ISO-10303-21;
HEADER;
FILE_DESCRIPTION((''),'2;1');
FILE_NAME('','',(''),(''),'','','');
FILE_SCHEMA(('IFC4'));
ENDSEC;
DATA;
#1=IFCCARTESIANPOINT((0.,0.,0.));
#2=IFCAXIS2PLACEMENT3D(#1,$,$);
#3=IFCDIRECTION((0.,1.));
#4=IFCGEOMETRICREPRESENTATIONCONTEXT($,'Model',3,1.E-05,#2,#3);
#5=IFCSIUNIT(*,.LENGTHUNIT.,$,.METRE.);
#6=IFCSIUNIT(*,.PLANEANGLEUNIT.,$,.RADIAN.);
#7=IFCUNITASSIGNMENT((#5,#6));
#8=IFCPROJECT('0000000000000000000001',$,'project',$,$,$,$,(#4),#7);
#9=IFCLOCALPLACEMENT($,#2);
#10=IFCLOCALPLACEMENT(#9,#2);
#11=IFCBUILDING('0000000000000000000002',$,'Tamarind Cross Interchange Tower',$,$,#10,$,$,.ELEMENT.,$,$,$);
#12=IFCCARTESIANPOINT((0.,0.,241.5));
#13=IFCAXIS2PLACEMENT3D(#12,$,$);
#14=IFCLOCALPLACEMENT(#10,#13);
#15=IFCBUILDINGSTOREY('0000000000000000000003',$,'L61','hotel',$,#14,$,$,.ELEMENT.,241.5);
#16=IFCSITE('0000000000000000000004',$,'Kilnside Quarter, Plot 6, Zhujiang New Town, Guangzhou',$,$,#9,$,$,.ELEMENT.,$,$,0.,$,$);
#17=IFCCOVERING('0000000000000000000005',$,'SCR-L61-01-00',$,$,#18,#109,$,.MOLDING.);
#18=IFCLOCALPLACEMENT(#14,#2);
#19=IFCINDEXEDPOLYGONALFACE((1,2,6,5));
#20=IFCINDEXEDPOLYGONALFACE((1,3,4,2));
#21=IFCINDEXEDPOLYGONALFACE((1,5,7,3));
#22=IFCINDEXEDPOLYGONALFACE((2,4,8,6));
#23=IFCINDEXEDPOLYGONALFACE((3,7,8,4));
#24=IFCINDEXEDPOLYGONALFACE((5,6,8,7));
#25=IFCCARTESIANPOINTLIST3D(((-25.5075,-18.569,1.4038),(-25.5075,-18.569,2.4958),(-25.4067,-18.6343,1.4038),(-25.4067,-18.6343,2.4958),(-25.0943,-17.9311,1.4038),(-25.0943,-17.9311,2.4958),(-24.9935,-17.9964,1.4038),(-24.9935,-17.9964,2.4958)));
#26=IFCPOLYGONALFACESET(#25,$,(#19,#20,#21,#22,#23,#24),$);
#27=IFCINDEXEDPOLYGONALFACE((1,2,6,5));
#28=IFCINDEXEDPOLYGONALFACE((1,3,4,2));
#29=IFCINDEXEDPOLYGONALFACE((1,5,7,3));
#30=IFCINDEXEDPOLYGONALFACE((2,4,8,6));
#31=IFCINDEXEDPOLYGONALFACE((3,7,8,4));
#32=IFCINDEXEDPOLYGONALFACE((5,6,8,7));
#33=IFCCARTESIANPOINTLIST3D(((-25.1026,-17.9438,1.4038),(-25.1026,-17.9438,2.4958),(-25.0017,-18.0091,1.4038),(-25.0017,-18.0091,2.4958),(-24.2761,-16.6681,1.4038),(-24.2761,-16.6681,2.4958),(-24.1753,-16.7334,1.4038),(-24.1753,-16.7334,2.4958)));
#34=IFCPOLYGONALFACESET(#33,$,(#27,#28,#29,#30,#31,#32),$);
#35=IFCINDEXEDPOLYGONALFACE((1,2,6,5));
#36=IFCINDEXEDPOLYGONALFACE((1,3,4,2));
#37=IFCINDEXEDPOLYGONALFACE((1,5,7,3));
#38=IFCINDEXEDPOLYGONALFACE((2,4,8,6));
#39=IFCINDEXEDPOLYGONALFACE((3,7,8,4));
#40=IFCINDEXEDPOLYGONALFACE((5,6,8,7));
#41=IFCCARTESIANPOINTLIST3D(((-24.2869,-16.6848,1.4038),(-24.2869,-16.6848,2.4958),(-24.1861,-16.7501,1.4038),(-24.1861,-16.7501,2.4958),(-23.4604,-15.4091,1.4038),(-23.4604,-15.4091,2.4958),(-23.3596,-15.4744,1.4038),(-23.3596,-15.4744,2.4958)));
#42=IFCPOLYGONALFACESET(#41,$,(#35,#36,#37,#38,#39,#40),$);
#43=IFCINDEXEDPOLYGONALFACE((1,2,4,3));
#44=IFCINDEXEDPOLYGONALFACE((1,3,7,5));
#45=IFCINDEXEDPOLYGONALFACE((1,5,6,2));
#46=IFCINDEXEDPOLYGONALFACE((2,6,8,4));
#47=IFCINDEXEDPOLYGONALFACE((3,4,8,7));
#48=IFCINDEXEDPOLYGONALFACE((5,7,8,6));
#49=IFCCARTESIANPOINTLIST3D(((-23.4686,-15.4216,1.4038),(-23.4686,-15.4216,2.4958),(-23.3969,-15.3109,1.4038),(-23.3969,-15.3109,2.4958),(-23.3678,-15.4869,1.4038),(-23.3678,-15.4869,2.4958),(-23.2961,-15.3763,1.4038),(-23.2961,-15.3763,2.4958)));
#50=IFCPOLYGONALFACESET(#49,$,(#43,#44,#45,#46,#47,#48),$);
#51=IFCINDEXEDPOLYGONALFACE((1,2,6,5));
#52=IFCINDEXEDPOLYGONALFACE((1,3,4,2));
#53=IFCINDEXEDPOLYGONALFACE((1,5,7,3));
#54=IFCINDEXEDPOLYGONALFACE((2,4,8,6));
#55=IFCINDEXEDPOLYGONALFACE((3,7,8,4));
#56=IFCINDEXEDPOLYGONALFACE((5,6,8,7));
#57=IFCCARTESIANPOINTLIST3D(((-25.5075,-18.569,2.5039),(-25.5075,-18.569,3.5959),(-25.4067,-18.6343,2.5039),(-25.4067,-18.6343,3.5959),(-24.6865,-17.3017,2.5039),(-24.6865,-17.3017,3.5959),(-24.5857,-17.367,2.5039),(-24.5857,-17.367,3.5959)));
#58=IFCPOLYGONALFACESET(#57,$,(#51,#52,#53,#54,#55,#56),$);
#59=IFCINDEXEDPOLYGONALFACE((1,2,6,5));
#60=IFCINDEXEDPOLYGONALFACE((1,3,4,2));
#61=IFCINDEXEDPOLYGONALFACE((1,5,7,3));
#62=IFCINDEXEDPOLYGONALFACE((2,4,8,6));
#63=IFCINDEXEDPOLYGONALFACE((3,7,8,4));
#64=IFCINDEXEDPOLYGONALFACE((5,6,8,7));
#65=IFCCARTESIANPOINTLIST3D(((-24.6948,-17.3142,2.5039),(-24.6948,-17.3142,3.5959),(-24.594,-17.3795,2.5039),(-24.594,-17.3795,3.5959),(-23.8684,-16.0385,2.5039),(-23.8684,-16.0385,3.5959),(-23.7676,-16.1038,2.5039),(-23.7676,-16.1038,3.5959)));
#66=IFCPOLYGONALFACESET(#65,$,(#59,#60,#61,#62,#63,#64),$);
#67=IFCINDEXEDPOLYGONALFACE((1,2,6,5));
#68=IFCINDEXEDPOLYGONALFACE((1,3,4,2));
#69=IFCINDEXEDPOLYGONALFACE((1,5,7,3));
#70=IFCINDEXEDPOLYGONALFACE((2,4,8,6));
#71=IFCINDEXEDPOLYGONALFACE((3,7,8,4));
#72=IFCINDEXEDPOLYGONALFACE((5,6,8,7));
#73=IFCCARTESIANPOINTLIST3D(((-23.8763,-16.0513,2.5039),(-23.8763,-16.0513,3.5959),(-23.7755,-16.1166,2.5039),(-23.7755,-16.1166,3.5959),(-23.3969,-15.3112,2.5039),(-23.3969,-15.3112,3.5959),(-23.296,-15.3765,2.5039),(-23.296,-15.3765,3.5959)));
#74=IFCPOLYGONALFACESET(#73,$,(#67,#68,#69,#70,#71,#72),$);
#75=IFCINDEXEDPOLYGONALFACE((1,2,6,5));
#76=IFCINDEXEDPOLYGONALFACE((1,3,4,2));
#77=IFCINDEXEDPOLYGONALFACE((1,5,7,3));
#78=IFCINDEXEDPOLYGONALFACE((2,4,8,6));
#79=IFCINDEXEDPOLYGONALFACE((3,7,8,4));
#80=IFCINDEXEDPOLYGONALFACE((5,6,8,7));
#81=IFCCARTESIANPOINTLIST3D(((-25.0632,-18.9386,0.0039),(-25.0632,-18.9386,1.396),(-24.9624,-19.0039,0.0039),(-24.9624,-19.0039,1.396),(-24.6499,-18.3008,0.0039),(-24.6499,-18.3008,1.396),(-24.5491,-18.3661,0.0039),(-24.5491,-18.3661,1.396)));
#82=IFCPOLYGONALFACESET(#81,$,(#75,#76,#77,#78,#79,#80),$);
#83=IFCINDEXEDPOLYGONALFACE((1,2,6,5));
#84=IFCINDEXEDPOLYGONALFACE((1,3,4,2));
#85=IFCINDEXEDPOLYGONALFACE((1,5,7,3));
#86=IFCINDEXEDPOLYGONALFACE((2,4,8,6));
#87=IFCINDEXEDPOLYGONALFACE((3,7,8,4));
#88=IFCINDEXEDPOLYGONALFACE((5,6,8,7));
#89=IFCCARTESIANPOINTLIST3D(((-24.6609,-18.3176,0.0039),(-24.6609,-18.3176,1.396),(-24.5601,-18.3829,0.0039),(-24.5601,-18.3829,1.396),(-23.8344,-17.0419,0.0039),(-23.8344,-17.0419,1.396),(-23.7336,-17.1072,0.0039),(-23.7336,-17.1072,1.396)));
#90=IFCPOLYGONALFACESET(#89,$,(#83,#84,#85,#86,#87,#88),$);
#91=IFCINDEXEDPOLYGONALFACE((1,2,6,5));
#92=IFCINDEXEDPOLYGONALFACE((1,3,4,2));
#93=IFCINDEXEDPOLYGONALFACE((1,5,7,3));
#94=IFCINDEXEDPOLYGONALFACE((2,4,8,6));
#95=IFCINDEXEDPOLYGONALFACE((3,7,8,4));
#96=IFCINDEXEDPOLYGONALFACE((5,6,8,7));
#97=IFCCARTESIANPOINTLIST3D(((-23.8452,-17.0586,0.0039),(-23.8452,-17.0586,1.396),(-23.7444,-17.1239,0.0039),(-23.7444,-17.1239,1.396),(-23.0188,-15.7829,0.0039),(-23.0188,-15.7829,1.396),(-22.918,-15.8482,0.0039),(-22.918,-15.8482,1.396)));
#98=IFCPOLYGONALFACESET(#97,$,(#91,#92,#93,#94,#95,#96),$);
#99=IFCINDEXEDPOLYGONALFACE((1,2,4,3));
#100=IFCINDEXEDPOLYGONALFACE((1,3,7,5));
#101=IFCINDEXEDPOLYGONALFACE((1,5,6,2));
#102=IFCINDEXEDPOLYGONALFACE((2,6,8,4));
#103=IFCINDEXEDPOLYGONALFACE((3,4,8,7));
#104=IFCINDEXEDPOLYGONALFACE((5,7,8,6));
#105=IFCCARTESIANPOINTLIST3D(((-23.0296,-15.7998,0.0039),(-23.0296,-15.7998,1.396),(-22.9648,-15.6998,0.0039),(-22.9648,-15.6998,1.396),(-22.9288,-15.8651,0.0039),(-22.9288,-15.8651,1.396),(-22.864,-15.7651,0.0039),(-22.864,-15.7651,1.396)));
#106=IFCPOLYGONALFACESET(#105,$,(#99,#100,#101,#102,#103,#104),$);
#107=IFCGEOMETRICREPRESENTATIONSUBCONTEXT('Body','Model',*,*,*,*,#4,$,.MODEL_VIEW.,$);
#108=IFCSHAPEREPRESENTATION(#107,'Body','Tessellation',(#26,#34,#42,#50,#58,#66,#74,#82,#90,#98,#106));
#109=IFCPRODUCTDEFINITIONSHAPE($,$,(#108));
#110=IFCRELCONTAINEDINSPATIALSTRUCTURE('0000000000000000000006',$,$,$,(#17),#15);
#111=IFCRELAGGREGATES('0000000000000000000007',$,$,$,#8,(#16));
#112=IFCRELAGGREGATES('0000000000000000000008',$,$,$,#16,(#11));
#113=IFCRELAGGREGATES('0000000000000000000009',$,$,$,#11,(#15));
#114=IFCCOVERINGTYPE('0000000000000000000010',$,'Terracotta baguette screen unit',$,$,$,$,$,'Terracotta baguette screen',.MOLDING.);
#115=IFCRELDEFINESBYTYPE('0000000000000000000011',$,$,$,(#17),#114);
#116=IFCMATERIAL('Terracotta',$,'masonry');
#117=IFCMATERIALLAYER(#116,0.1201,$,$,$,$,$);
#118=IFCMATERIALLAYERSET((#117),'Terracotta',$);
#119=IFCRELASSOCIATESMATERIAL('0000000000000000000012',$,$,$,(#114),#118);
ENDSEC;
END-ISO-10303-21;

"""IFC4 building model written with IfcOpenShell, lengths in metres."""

from ifc_helpers import new_model, si_unit, direction, frame, origin, origin_2d, place, context, subcontext, project, spatial, rectangle, extrude, material, layer, layer_set, type_object, element, save


model = new_model("IFC4")

# Units and contexts
model_context = context("Model", 3, precision=1e-05, world=origin(), true_north=direction((0.0, 1.0)))
body_context = subcontext(model_context, "Body", "Model", "MODEL_VIEW")
ifc_project = project(units=[si_unit("LENGTHUNIT", "METRE"), si_unit("PLANEANGLEUNIT", "RADIAN")], contexts=[model_context])

# Site, building, storey
site_placement = place(None, origin())
site = spatial("IfcSite", under=ifc_project, at=site_placement, Name="Kilnside Quarter, Plot 6, Zhujiang New Town, Guangzhou", CompositionType="ELEMENT", RefElevation=0.0)
building_placement = place(site_placement, origin())
building = spatial("IfcBuilding", under=site, at=building_placement, Name="Tamarind Cross Interchange Tower", CompositionType="ELEMENT")
storey_placement = place(building_placement, frame((0.0, 0.0, 241.5)))
storey = spatial("IfcBuildingStorey", under=building, at=storey_placement, Name="L61", Description="hotel", CompositionType="ELEMENT", Elevation=241.5)

# Covering
ifc_material_1 = material(Name="Terracotta", Category="masonry")
ifc_layer_1 = layer(ifc_material_1, 0.1201)
ifc_layer_set_1 = layer_set([ifc_layer_1], Name="Terracotta")
covering_type = type_object("IfcCoveringType", Name="Terracotta baguette screen unit", ElementType="Terracotta baguette screen", PredefinedType="MOLDING", material=ifc_layer_set_1)
covering_1_placement = place(storey_placement, origin())
element("IfcCovering", 1, at=covering_1_placement, inside=storey, type_object=covering_type, Name="SCR-L61-01-00", PredefinedType="MOLDING", context=body_context, shape_type="SweptSolid", body=[
    extrude(rectangle(XDim=0.76, YDim=0.1201, at=origin_2d()), frame((-25.2505, -18.2827, 1.4038), z_axis=(0.0, 0.0, 1.0), x_axis=(0.543721, 0.839266, 0.0)), (0.0, 0.0, 1.0), 1.092),
    extrude(rectangle(XDim=1.52, YDim=0.1201, at=origin_2d()), frame((-24.6389, -17.3386, 1.4038), z_axis=(0.0, 0.0, 1.0), x_axis=(0.543721, 0.839266, 0.0)), (0.0, 0.0, 1.0), 1.092),
    extrude(rectangle(XDim=1.52, YDim=0.1201, at=origin_2d()), frame((-23.8232, -16.0796, 1.4038), z_axis=(0.0, 0.0, 1.0), x_axis=(0.543721, 0.839266, 0.0)), (0.0, 0.0, 1.0), 1.092),
    extrude(rectangle(XDim=0.1318, YDim=0.1201, at=origin_2d()), frame((-23.3823, -15.3989, 1.4038), z_axis=(0.0, 0.0, 1.0), x_axis=(0.543721, 0.839266, 0.0)), (0.0, 0.0, 1.0), 1.092),
    extrude(rectangle(XDim=1.51, YDim=0.1201, at=origin_2d()), frame((-25.0466, -17.968, 2.5039), z_axis=(0.0, 0.0, 1.0), x_axis=(0.543721, 0.839266, 0.0)), (0.0, 0.0, 1.0), 1.092),
    extrude(rectangle(XDim=1.52, YDim=0.1201, at=origin_2d()), frame((-24.2312, -16.709, 2.5039), z_axis=(0.0, 0.0, 1.0), x_axis=(0.543721, 0.839266, 0.0)), (0.0, 0.0, 1.0), 1.092),
    extrude(rectangle(XDim=0.8818, YDim=0.1201, at=origin_2d()), frame((-23.5862, -15.7139, 2.5039), z_axis=(0.0, 0.0, 1.0), x_axis=(0.543721, 0.839266, 0.0)), (0.0, 0.0, 1.0), 1.092),
    extrude(rectangle(XDim=0.76, YDim=0.1201, at=origin_2d()), frame((-24.8062, -18.6523, 0.0039), z_axis=(0.0, 0.0, 1.0), x_axis=(0.543721, 0.839266, 0.0)), (0.0, 0.0, 1.0), 1.3921),
    extrude(rectangle(XDim=1.52, YDim=0.1201, at=origin_2d()), frame((-24.1973, -17.7124, 0.0039), z_axis=(0.0, 0.0, 1.0), x_axis=(0.543721, 0.839266, 0.0)), (0.0, 0.0, 1.0), 1.3921),
    extrude(rectangle(XDim=1.52, YDim=0.1201, at=origin_2d()), frame((-23.3816, -16.4534, 0.0039), z_axis=(0.0, 0.0, 1.0), x_axis=(0.543721, 0.839266, 0.0)), (0.0, 0.0, 1.0), 1.3921),
    extrude(rectangle(XDim=0.1191, YDim=0.1201, at=origin_2d()), frame((-22.9468, -15.7825, 0.0039), z_axis=(0.0, 0.0, 1.0), x_axis=(0.543721, 0.839266, 0.0)), (0.0, 0.0, 1.0), 1.3921),
])

save(model, "model.ifc")
